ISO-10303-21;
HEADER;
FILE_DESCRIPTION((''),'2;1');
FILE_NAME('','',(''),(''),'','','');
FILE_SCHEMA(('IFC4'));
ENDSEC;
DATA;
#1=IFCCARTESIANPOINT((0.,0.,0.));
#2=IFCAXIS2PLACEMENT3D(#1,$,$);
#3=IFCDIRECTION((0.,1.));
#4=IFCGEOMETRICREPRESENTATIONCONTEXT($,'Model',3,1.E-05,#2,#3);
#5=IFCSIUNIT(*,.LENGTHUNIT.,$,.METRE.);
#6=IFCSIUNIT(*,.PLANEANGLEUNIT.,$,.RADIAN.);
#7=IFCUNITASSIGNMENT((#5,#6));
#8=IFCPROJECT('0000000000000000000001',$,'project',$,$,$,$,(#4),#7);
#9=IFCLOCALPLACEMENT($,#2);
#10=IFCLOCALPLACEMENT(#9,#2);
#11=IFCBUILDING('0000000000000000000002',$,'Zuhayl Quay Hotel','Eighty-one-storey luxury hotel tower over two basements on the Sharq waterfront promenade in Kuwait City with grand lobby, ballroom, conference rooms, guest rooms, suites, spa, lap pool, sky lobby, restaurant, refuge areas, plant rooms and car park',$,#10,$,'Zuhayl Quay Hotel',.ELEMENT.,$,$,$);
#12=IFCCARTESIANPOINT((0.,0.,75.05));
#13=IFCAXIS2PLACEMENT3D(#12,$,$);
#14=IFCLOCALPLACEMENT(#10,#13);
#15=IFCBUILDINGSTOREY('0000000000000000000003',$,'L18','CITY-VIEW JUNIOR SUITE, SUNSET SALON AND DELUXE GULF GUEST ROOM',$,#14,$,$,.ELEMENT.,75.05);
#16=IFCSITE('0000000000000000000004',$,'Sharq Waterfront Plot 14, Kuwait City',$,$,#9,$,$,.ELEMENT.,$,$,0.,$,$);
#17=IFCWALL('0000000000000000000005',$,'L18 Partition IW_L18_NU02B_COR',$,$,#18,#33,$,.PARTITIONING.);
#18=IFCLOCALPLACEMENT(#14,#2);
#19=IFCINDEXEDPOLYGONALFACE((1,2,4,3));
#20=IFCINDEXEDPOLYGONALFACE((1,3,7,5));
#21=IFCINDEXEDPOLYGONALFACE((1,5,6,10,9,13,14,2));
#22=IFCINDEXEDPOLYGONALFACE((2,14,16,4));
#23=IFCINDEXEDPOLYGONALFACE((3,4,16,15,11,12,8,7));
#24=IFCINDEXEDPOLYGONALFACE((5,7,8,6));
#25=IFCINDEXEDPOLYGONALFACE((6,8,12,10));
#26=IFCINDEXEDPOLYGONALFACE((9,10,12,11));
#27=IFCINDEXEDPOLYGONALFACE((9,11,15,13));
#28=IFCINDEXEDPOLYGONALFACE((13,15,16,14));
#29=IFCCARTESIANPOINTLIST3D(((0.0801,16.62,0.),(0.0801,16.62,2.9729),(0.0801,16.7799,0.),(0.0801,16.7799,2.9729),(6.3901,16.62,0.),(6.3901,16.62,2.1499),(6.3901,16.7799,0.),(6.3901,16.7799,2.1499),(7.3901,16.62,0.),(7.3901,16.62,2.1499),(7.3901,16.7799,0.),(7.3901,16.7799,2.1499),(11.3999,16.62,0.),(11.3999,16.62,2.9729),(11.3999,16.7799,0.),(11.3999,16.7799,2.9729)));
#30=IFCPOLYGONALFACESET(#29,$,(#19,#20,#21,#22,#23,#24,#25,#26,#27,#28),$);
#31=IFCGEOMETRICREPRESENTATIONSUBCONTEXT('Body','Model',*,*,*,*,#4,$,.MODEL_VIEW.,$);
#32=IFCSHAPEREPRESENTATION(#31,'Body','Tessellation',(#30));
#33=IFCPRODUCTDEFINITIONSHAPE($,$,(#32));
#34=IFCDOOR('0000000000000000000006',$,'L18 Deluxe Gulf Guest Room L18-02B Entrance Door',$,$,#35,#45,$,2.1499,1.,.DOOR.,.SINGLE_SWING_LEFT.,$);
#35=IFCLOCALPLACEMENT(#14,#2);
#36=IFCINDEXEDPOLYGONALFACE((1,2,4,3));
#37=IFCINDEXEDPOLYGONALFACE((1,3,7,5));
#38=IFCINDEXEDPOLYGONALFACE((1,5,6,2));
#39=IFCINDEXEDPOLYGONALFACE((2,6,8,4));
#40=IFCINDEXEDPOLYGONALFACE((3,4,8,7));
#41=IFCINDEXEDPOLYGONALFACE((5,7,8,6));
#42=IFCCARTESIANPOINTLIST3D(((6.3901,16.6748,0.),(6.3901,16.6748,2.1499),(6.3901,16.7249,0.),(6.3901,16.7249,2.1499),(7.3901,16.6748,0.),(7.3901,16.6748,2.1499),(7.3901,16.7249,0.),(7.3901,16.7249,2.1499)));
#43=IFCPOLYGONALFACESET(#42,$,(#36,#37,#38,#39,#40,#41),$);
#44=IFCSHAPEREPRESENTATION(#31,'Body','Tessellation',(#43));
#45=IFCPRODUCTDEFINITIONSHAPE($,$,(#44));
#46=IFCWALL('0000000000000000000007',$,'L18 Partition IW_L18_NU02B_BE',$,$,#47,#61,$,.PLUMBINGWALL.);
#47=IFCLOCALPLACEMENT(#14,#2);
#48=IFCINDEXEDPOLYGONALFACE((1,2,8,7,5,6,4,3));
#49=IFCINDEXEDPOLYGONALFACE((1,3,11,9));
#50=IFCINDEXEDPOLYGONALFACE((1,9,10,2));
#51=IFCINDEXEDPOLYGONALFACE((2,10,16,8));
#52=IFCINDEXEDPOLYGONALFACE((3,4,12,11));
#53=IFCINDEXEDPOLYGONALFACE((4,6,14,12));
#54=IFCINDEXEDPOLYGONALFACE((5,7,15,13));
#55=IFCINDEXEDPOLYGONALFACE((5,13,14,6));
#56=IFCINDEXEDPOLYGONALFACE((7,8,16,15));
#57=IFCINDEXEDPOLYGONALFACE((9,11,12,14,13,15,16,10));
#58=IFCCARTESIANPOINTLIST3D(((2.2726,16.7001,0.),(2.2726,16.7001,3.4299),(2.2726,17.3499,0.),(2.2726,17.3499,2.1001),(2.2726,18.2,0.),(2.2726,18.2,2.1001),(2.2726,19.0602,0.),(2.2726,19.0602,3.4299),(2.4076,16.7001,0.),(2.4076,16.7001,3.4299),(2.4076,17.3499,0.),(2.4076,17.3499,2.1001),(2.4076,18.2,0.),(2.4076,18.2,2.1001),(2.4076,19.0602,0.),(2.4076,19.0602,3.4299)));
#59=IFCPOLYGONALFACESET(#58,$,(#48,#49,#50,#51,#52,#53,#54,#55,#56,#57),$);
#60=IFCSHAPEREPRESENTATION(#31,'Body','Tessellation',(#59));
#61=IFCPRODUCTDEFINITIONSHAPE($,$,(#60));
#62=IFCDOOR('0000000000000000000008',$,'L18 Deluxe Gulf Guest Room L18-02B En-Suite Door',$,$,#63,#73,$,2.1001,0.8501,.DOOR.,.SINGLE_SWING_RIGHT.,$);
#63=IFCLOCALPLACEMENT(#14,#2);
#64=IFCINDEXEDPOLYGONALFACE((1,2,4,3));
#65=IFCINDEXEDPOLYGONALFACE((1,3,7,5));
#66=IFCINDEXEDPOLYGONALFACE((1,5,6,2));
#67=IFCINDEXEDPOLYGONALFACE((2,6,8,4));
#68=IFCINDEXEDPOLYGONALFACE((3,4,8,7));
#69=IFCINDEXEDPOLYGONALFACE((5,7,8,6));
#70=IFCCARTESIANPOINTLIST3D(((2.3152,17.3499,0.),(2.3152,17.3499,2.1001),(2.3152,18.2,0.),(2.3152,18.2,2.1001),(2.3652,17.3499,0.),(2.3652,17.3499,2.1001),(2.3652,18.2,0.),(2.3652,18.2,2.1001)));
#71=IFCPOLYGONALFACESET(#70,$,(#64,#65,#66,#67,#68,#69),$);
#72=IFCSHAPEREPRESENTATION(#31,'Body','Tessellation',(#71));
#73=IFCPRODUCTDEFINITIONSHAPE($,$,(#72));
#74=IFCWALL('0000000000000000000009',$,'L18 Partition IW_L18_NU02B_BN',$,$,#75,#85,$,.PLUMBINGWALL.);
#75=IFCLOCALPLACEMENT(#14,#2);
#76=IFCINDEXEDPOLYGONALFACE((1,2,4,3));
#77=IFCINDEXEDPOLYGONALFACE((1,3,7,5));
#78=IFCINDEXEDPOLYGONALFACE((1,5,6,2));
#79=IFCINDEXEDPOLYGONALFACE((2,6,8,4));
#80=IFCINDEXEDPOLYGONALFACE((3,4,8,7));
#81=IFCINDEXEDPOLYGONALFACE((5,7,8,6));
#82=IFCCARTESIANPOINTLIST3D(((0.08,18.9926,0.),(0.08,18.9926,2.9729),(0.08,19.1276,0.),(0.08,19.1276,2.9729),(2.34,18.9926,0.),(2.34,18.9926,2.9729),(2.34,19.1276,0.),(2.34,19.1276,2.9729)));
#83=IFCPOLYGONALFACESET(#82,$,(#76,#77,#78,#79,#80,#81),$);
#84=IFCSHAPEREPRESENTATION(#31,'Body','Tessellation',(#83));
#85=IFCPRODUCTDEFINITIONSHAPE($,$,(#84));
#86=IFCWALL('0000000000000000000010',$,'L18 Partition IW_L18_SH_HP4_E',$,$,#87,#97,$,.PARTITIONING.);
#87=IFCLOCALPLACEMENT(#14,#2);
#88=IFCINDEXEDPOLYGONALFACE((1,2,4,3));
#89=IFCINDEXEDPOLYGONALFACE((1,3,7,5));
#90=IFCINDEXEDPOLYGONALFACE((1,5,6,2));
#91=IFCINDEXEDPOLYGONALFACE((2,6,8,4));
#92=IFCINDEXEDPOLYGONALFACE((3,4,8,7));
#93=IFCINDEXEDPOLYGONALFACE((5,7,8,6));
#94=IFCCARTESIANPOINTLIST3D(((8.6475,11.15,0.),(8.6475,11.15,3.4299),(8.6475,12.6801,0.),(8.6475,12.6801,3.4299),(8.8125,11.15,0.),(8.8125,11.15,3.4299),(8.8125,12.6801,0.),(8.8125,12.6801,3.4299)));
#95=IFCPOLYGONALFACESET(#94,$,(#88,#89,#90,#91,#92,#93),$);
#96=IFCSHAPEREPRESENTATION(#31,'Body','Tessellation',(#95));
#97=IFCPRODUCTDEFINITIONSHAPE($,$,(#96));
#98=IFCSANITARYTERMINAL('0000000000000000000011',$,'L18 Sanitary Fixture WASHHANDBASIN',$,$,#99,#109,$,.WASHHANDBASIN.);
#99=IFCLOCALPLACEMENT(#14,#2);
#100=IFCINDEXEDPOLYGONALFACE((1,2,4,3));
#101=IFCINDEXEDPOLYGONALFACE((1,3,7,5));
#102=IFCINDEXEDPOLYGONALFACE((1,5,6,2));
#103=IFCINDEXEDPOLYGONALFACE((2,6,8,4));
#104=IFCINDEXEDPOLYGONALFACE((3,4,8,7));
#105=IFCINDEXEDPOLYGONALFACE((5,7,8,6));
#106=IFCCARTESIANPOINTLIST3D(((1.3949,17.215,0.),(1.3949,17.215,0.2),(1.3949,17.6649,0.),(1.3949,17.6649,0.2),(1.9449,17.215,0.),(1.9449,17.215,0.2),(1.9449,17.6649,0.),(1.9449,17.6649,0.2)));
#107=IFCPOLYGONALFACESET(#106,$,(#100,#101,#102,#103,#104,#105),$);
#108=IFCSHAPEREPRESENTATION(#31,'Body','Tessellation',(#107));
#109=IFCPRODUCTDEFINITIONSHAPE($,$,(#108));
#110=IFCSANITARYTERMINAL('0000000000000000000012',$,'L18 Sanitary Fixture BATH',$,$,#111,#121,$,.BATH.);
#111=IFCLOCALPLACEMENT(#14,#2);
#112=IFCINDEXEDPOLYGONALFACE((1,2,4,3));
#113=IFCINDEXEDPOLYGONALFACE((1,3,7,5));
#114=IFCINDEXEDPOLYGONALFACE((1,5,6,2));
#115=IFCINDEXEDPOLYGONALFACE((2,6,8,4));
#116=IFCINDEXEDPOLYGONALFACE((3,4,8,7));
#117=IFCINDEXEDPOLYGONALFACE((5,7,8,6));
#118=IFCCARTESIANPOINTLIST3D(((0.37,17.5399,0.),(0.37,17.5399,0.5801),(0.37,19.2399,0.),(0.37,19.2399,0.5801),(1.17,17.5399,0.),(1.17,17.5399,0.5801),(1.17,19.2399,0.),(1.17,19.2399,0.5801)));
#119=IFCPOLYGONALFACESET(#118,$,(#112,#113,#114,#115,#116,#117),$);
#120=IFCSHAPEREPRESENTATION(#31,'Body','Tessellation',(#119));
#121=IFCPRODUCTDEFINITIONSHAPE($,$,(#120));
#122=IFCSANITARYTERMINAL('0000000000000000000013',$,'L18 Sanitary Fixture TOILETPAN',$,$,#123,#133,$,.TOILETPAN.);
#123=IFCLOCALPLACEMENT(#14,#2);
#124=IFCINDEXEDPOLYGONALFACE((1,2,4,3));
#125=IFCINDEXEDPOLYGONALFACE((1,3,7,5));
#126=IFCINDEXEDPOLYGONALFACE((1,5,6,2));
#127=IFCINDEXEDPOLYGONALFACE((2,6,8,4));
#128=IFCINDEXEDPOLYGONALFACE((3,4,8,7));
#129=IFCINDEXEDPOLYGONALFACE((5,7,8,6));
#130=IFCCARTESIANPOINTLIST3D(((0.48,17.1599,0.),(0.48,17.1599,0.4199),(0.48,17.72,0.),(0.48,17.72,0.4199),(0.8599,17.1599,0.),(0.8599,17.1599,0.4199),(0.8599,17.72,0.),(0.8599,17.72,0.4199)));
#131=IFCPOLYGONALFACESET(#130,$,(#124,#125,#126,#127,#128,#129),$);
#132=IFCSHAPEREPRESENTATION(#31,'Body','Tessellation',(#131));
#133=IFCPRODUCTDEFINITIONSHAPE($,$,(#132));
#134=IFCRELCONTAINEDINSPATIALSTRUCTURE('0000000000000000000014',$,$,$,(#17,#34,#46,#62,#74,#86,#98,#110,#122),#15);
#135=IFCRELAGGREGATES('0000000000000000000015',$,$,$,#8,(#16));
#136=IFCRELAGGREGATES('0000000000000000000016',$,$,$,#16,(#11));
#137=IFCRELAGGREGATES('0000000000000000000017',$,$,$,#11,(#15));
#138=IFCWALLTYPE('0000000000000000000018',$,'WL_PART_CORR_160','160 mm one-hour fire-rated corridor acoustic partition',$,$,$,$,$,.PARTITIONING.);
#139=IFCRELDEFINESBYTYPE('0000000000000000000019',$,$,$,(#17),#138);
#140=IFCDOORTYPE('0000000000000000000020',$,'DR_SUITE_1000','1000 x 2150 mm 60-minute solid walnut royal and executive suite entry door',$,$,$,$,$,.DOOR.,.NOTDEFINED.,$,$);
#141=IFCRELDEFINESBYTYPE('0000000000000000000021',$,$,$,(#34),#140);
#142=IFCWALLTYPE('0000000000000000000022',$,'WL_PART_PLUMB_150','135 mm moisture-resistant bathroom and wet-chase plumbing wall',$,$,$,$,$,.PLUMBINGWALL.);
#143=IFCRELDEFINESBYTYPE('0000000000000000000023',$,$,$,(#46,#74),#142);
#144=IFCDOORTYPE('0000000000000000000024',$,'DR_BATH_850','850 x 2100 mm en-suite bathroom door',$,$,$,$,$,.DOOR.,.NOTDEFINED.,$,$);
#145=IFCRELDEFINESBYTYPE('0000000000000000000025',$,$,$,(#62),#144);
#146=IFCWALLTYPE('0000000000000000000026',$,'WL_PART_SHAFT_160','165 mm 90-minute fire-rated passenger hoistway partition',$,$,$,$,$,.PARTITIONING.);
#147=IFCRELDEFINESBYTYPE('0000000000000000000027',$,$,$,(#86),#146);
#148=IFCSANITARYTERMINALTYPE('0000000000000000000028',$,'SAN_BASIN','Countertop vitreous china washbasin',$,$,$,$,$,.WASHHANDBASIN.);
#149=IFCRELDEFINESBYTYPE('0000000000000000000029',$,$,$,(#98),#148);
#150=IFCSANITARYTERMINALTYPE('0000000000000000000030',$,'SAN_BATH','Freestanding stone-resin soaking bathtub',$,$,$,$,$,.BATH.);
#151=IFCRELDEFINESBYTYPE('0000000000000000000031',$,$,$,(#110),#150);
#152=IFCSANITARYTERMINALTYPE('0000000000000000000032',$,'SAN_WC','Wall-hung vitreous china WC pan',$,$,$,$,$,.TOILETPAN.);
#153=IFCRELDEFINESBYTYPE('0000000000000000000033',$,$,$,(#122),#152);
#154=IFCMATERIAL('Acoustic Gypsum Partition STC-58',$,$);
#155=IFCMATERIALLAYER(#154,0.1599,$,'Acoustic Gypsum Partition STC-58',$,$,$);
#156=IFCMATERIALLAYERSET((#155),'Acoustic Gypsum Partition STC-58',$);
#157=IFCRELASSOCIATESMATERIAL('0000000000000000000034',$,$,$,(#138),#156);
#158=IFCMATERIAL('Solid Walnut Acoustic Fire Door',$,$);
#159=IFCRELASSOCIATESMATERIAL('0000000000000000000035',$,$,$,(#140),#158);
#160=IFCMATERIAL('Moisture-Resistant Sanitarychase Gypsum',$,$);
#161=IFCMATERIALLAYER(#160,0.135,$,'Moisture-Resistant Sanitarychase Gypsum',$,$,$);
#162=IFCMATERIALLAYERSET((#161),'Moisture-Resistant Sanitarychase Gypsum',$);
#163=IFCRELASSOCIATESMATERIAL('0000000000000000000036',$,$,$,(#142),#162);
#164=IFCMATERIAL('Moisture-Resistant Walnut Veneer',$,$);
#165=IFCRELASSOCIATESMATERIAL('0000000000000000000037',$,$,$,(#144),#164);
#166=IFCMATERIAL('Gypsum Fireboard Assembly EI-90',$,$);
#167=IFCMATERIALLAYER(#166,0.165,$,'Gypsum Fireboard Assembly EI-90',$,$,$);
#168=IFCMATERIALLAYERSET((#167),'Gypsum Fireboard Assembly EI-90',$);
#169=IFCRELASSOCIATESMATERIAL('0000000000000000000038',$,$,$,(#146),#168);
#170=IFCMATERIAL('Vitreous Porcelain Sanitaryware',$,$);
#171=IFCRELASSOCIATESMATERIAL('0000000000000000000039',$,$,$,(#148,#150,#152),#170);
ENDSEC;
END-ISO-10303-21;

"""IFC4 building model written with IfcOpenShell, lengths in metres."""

from ifc_helpers import new_model, si_unit, direction, frame, frame_2d, origin, origin_2d, place, context, subcontext, project, spatial, rectangle, extrude, material, layer, layer_set, type_object, element, fill, save


model = new_model("IFC4")

# Units and contexts
model_context = context("Model", 3, precision=1e-05, world=origin(), true_north=direction((0.0, 1.0)))
body_context = subcontext(model_context, "Body", "Model", "MODEL_VIEW")
ifc_project = project(units=[si_unit("LENGTHUNIT", "METRE"), si_unit("PLANEANGLEUNIT", "RADIAN")], contexts=[model_context])

# Site, building, storey
site_placement = place(None, origin())
site = spatial("IfcSite", under=ifc_project, at=site_placement, Name="Sharq Waterfront Plot 14, Kuwait City", CompositionType="ELEMENT", RefElevation=0.0)
building_placement = place(site_placement, origin())
building = spatial("IfcBuilding", under=site, at=building_placement, Name="Zuhayl Quay Hotel", Description="Eighty-one-storey luxury hotel tower over two basements on the Sharq waterfront promenade in Kuwait City with grand lobby, ballroom, conference rooms, guest rooms, suites, spa, lap pool, sky lobby, restaurant, refuge areas, plant rooms and car park", LongName="Zuhayl Quay Hotel", CompositionType="ELEMENT")
storey_placement = place(building_placement, frame((0.0, 0.0, 75.05)))
storey = spatial("IfcBuildingStorey", under=building, at=storey_placement, Name="L18", Description="CITY-VIEW JUNIOR SUITE, SUNSET SALON AND DELUXE GULF GUEST ROOM", CompositionType="ELEMENT", Elevation=75.05)

# Shared definitions
ifc_material_1 = material(Name="Acoustic Gypsum Partition STC-58")

# Walls, openings, doors
ifc_layer_1 = layer(ifc_material_1, 0.1599, Name="Acoustic Gypsum Partition STC-58")
ifc_layer_set_1 = layer_set([ifc_layer_1], Name="Acoustic Gypsum Partition STC-58")
wall_type_1 = type_object("IfcWallType", Name="WL_PART_CORR_160", Description="160 mm one-hour fire-rated corridor acoustic partition", PredefinedType="PARTITIONING", material=ifc_layer_set_1)
wall_1_placement = place(storey_placement, frame((0.0801, 16.7, 0.0), z_axis=(0.0, 0.0, 1.0), x_axis=(1.0, 0.0, 0.0)))
wall_1 = element("IfcWall", 1, at=wall_1_placement, inside=storey, type_object=wall_type_1, Name="L18 Partition IW_L18_NU02B_COR", PredefinedType="PARTITIONING", context=body_context, shape_type="SweptSolid", body=[
    extrude(rectangle(XDim=11.3198, YDim=0.1599, at=frame_2d((5.6599, 0.0))), origin(), (0.0, 0.0, 1.0), 2.9729),
])
opening_1_placement = place(wall_1_placement, frame((6.3101, 0.0, 0.0)))
opening_1 = element("IfcOpeningElement", 2, at=opening_1_placement, cuts=wall_1, PredefinedType="OPENING", context=body_context, shape_type="SweptSolid", body=[
    extrude(rectangle(XDim=1.0, YDim=2.1499, at=frame_2d((0.5, 1.075))), frame((0.0, 0.0898, 0.0), z_axis=(0.0, -1.0, 0.0), x_axis=(1.0, 0.0, 0.0)), (0.0, 0.0, 1.0), 0.1799),
])
ifc_material_2 = material(Name="Solid Walnut Acoustic Fire Door")
door_type_1 = type_object("IfcDoorType", Name="DR_SUITE_1000", Description="1000 x 2150 mm 60-minute solid walnut royal and executive suite entry door", OperationType="NOTDEFINED", PredefinedType="DOOR", material=ifc_material_2)
door_1_placement = place(opening_1_placement, origin())
door_1 = element("IfcDoor", 3, at=door_1_placement, inside=storey, type_object=door_type_1, Name="L18 Deluxe Gulf Guest Room L18-02B Entrance Door", OperationType="SINGLE_SWING_LEFT", OverallHeight=2.1499, OverallWidth=1.0, PredefinedType="DOOR", context=body_context, shape_type="SweptSolid", body=[
    extrude(rectangle(XDim=1.0, YDim=2.1499, at=frame_2d((0.5, 1.075))), frame((0.0, 0.0249, 0.0), z_axis=(0.0, -1.0, 0.0), x_axis=(1.0, 0.0, 0.0)), (0.0, 0.0, 1.0), 0.05),
])
fill(opening_1, door_1)
ifc_material_3 = material(Name="Moisture-Resistant Sanitarychase Gypsum")
ifc_layer_2 = layer(ifc_material_3, 0.135, Name="Moisture-Resistant Sanitarychase Gypsum")
ifc_layer_set_2 = layer_set([ifc_layer_2], Name="Moisture-Resistant Sanitarychase Gypsum")
wall_type_2 = type_object("IfcWallType", Name="WL_PART_PLUMB_150", Description="135 mm moisture-resistant bathroom and wet-chase plumbing wall", PredefinedType="PLUMBINGWALL", material=ifc_layer_set_2)
wall_2_placement = place(storey_placement, frame((2.3401, 16.7, 0.0), z_axis=(0.0, 0.0, 1.0), x_axis=(0.0, 1.0, 0.0)))
wall_2 = element("IfcWall", 4, at=wall_2_placement, inside=storey, type_object=wall_type_2, Name="L18 Partition IW_L18_NU02B_BE", PredefinedType="PLUMBINGWALL", context=body_context, shape_type="SweptSolid", body=[
    extrude(rectangle(XDim=2.3601, YDim=0.135, at=frame_2d((1.1802, 0.0))), origin(), (0.0, 0.0, 1.0), 3.4299),
])
opening_2_placement = place(wall_2_placement, frame((0.6499, 0.0, 0.0)))
opening_2 = element("IfcOpeningElement", 5, at=opening_2_placement, cuts=wall_2, PredefinedType="OPENING", context=body_context, shape_type="SweptSolid", body=[
    extrude(rectangle(XDim=0.8501, YDim=2.1001, at=frame_2d((0.425, 1.05))), frame((0.0, 0.0774, 0.0), z_axis=(0.0, -1.0, 0.0), x_axis=(1.0, 0.0, 0.0)), (0.0, 0.0, 1.0), 0.155),
])
ifc_material_4 = material(Name="Moisture-Resistant Walnut Veneer")
door_type_2 = type_object("IfcDoorType", Name="DR_BATH_850", Description="850 x 2100 mm en-suite bathroom door", OperationType="NOTDEFINED", PredefinedType="DOOR", material=ifc_material_4)
door_2_placement = place(opening_2_placement, origin())
door_2 = element("IfcDoor", 6, at=door_2_placement, inside=storey, type_object=door_type_2, Name="L18 Deluxe Gulf Guest Room L18-02B En-Suite Door", OperationType="SINGLE_SWING_RIGHT", OverallHeight=2.1001, OverallWidth=0.8501, PredefinedType="DOOR", context=body_context, shape_type="SweptSolid", body=[
    extrude(rectangle(XDim=0.8501, YDim=2.1001, at=frame_2d((0.425, 1.05))), frame((0.0, 0.0249, 0.0), z_axis=(0.0, -1.0, 0.0), x_axis=(1.0, 0.0, 0.0)), (0.0, 0.0, 1.0), 0.05),
])
fill(opening_2, door_2)

# Walls
wall_3_placement = place(storey_placement, frame((0.0801, 19.0601, 0.0), z_axis=(0.0, 0.0, 1.0), x_axis=(1.0, 0.0, 0.0)))
element("IfcWall", 7, at=wall_3_placement, inside=storey, type_object=wall_type_2, Name="L18 Partition IW_L18_NU02B_BN", PredefinedType="PLUMBINGWALL", context=body_context, shape_type="SweptSolid", body=[
    extrude(rectangle(XDim=2.26, YDim=0.135, at=frame_2d((1.1299, 0.0))), origin(), (0.0, 0.0, 1.0), 2.9729),
])
ifc_material_5 = material(Name="Gypsum Fireboard Assembly EI-90")
ifc_layer_3 = layer(ifc_material_5, 0.165, Name="Gypsum Fireboard Assembly EI-90")
ifc_layer_set_3 = layer_set([ifc_layer_3], Name="Gypsum Fireboard Assembly EI-90")
wall_type_3 = type_object("IfcWallType", Name="WL_PART_SHAFT_160", Description="165 mm 90-minute fire-rated passenger hoistway partition", PredefinedType="PARTITIONING", material=ifc_layer_set_3)
wall_4_placement = place(storey_placement, frame((8.73, 11.1499, 0.0), z_axis=(0.0, 0.0, 1.0), x_axis=(0.0, 1.0, 0.0)))
element("IfcWall", 8, at=wall_4_placement, inside=storey, type_object=wall_type_3, Name="L18 Partition IW_L18_SH_HP4_E", PredefinedType="PARTITIONING", context=body_context, shape_type="SweptSolid", body=[
    extrude(rectangle(XDim=1.53, YDim=0.165, at=frame_2d((0.7651, 0.0))), origin(), (0.0, 0.0, 1.0), 3.4299),
])

# Sanitary terminals
ifc_material_6 = material(Name="Vitreous Porcelain Sanitaryware")
sanitary_terminal_type_1 = type_object("IfcSanitaryTerminalType", Name="SAN_BASIN", Description="Countertop vitreous china washbasin", PredefinedType="WASHHANDBASIN", material=ifc_material_6)
sanitary_terminal_1_placement = place(storey_placement, frame((1.6699, 17.4399, 0.0), z_axis=(0.0, 0.0, 1.0), x_axis=(1.0, 0.0, 0.0)))
element("IfcSanitaryTerminal", 9, at=sanitary_terminal_1_placement, inside=storey, type_object=sanitary_terminal_type_1, Name="L18 Sanitary Fixture WASHHANDBASIN", PredefinedType="WASHHANDBASIN", context=body_context, shape_type="SweptSolid", body=[
    extrude(rectangle(XDim=0.55, YDim=0.45, at=origin_2d()), origin(), (0.0, 0.0, 1.0), 0.2),
])
sanitary_terminal_type_2 = type_object("IfcSanitaryTerminalType", Name="SAN_BATH", Description="Freestanding stone-resin soaking bathtub", PredefinedType="BATH", material=ifc_material_6)
sanitary_terminal_2_placement = place(storey_placement, frame((0.77, 18.3899, 0.0), z_axis=(0.0, 0.0, 1.0), x_axis=(1.0, 0.0, 0.0)))
element("IfcSanitaryTerminal", 10, at=sanitary_terminal_2_placement, inside=storey, type_object=sanitary_terminal_type_2, Name="L18 Sanitary Fixture BATH", PredefinedType="BATH", context=body_context, shape_type="SweptSolid", body=[
    extrude(rectangle(XDim=0.8, YDim=1.7, at=origin_2d()), origin(), (0.0, 0.0, 1.0), 0.5801),
])
sanitary_terminal_type_3 = type_object("IfcSanitaryTerminalType", Name="SAN_WC", Description="Wall-hung vitreous china WC pan", PredefinedType="TOILETPAN", material=ifc_material_6)
sanitary_terminal_3_placement = place(storey_placement, frame((0.6699, 17.4399, 0.0), z_axis=(0.0, 0.0, 1.0), x_axis=(1.0, 0.0, 0.0)))
element("IfcSanitaryTerminal", 11, at=sanitary_terminal_3_placement, inside=storey, type_object=sanitary_terminal_type_3, Name="L18 Sanitary Fixture TOILETPAN", PredefinedType="TOILETPAN", context=body_context, shape_type="SweptSolid", body=[
    extrude(rectangle(XDim=0.3799, YDim=0.5601, at=origin_2d()), origin(), (0.0, 0.0, 1.0), 0.4199),
])

save(model, "model.ifc")
